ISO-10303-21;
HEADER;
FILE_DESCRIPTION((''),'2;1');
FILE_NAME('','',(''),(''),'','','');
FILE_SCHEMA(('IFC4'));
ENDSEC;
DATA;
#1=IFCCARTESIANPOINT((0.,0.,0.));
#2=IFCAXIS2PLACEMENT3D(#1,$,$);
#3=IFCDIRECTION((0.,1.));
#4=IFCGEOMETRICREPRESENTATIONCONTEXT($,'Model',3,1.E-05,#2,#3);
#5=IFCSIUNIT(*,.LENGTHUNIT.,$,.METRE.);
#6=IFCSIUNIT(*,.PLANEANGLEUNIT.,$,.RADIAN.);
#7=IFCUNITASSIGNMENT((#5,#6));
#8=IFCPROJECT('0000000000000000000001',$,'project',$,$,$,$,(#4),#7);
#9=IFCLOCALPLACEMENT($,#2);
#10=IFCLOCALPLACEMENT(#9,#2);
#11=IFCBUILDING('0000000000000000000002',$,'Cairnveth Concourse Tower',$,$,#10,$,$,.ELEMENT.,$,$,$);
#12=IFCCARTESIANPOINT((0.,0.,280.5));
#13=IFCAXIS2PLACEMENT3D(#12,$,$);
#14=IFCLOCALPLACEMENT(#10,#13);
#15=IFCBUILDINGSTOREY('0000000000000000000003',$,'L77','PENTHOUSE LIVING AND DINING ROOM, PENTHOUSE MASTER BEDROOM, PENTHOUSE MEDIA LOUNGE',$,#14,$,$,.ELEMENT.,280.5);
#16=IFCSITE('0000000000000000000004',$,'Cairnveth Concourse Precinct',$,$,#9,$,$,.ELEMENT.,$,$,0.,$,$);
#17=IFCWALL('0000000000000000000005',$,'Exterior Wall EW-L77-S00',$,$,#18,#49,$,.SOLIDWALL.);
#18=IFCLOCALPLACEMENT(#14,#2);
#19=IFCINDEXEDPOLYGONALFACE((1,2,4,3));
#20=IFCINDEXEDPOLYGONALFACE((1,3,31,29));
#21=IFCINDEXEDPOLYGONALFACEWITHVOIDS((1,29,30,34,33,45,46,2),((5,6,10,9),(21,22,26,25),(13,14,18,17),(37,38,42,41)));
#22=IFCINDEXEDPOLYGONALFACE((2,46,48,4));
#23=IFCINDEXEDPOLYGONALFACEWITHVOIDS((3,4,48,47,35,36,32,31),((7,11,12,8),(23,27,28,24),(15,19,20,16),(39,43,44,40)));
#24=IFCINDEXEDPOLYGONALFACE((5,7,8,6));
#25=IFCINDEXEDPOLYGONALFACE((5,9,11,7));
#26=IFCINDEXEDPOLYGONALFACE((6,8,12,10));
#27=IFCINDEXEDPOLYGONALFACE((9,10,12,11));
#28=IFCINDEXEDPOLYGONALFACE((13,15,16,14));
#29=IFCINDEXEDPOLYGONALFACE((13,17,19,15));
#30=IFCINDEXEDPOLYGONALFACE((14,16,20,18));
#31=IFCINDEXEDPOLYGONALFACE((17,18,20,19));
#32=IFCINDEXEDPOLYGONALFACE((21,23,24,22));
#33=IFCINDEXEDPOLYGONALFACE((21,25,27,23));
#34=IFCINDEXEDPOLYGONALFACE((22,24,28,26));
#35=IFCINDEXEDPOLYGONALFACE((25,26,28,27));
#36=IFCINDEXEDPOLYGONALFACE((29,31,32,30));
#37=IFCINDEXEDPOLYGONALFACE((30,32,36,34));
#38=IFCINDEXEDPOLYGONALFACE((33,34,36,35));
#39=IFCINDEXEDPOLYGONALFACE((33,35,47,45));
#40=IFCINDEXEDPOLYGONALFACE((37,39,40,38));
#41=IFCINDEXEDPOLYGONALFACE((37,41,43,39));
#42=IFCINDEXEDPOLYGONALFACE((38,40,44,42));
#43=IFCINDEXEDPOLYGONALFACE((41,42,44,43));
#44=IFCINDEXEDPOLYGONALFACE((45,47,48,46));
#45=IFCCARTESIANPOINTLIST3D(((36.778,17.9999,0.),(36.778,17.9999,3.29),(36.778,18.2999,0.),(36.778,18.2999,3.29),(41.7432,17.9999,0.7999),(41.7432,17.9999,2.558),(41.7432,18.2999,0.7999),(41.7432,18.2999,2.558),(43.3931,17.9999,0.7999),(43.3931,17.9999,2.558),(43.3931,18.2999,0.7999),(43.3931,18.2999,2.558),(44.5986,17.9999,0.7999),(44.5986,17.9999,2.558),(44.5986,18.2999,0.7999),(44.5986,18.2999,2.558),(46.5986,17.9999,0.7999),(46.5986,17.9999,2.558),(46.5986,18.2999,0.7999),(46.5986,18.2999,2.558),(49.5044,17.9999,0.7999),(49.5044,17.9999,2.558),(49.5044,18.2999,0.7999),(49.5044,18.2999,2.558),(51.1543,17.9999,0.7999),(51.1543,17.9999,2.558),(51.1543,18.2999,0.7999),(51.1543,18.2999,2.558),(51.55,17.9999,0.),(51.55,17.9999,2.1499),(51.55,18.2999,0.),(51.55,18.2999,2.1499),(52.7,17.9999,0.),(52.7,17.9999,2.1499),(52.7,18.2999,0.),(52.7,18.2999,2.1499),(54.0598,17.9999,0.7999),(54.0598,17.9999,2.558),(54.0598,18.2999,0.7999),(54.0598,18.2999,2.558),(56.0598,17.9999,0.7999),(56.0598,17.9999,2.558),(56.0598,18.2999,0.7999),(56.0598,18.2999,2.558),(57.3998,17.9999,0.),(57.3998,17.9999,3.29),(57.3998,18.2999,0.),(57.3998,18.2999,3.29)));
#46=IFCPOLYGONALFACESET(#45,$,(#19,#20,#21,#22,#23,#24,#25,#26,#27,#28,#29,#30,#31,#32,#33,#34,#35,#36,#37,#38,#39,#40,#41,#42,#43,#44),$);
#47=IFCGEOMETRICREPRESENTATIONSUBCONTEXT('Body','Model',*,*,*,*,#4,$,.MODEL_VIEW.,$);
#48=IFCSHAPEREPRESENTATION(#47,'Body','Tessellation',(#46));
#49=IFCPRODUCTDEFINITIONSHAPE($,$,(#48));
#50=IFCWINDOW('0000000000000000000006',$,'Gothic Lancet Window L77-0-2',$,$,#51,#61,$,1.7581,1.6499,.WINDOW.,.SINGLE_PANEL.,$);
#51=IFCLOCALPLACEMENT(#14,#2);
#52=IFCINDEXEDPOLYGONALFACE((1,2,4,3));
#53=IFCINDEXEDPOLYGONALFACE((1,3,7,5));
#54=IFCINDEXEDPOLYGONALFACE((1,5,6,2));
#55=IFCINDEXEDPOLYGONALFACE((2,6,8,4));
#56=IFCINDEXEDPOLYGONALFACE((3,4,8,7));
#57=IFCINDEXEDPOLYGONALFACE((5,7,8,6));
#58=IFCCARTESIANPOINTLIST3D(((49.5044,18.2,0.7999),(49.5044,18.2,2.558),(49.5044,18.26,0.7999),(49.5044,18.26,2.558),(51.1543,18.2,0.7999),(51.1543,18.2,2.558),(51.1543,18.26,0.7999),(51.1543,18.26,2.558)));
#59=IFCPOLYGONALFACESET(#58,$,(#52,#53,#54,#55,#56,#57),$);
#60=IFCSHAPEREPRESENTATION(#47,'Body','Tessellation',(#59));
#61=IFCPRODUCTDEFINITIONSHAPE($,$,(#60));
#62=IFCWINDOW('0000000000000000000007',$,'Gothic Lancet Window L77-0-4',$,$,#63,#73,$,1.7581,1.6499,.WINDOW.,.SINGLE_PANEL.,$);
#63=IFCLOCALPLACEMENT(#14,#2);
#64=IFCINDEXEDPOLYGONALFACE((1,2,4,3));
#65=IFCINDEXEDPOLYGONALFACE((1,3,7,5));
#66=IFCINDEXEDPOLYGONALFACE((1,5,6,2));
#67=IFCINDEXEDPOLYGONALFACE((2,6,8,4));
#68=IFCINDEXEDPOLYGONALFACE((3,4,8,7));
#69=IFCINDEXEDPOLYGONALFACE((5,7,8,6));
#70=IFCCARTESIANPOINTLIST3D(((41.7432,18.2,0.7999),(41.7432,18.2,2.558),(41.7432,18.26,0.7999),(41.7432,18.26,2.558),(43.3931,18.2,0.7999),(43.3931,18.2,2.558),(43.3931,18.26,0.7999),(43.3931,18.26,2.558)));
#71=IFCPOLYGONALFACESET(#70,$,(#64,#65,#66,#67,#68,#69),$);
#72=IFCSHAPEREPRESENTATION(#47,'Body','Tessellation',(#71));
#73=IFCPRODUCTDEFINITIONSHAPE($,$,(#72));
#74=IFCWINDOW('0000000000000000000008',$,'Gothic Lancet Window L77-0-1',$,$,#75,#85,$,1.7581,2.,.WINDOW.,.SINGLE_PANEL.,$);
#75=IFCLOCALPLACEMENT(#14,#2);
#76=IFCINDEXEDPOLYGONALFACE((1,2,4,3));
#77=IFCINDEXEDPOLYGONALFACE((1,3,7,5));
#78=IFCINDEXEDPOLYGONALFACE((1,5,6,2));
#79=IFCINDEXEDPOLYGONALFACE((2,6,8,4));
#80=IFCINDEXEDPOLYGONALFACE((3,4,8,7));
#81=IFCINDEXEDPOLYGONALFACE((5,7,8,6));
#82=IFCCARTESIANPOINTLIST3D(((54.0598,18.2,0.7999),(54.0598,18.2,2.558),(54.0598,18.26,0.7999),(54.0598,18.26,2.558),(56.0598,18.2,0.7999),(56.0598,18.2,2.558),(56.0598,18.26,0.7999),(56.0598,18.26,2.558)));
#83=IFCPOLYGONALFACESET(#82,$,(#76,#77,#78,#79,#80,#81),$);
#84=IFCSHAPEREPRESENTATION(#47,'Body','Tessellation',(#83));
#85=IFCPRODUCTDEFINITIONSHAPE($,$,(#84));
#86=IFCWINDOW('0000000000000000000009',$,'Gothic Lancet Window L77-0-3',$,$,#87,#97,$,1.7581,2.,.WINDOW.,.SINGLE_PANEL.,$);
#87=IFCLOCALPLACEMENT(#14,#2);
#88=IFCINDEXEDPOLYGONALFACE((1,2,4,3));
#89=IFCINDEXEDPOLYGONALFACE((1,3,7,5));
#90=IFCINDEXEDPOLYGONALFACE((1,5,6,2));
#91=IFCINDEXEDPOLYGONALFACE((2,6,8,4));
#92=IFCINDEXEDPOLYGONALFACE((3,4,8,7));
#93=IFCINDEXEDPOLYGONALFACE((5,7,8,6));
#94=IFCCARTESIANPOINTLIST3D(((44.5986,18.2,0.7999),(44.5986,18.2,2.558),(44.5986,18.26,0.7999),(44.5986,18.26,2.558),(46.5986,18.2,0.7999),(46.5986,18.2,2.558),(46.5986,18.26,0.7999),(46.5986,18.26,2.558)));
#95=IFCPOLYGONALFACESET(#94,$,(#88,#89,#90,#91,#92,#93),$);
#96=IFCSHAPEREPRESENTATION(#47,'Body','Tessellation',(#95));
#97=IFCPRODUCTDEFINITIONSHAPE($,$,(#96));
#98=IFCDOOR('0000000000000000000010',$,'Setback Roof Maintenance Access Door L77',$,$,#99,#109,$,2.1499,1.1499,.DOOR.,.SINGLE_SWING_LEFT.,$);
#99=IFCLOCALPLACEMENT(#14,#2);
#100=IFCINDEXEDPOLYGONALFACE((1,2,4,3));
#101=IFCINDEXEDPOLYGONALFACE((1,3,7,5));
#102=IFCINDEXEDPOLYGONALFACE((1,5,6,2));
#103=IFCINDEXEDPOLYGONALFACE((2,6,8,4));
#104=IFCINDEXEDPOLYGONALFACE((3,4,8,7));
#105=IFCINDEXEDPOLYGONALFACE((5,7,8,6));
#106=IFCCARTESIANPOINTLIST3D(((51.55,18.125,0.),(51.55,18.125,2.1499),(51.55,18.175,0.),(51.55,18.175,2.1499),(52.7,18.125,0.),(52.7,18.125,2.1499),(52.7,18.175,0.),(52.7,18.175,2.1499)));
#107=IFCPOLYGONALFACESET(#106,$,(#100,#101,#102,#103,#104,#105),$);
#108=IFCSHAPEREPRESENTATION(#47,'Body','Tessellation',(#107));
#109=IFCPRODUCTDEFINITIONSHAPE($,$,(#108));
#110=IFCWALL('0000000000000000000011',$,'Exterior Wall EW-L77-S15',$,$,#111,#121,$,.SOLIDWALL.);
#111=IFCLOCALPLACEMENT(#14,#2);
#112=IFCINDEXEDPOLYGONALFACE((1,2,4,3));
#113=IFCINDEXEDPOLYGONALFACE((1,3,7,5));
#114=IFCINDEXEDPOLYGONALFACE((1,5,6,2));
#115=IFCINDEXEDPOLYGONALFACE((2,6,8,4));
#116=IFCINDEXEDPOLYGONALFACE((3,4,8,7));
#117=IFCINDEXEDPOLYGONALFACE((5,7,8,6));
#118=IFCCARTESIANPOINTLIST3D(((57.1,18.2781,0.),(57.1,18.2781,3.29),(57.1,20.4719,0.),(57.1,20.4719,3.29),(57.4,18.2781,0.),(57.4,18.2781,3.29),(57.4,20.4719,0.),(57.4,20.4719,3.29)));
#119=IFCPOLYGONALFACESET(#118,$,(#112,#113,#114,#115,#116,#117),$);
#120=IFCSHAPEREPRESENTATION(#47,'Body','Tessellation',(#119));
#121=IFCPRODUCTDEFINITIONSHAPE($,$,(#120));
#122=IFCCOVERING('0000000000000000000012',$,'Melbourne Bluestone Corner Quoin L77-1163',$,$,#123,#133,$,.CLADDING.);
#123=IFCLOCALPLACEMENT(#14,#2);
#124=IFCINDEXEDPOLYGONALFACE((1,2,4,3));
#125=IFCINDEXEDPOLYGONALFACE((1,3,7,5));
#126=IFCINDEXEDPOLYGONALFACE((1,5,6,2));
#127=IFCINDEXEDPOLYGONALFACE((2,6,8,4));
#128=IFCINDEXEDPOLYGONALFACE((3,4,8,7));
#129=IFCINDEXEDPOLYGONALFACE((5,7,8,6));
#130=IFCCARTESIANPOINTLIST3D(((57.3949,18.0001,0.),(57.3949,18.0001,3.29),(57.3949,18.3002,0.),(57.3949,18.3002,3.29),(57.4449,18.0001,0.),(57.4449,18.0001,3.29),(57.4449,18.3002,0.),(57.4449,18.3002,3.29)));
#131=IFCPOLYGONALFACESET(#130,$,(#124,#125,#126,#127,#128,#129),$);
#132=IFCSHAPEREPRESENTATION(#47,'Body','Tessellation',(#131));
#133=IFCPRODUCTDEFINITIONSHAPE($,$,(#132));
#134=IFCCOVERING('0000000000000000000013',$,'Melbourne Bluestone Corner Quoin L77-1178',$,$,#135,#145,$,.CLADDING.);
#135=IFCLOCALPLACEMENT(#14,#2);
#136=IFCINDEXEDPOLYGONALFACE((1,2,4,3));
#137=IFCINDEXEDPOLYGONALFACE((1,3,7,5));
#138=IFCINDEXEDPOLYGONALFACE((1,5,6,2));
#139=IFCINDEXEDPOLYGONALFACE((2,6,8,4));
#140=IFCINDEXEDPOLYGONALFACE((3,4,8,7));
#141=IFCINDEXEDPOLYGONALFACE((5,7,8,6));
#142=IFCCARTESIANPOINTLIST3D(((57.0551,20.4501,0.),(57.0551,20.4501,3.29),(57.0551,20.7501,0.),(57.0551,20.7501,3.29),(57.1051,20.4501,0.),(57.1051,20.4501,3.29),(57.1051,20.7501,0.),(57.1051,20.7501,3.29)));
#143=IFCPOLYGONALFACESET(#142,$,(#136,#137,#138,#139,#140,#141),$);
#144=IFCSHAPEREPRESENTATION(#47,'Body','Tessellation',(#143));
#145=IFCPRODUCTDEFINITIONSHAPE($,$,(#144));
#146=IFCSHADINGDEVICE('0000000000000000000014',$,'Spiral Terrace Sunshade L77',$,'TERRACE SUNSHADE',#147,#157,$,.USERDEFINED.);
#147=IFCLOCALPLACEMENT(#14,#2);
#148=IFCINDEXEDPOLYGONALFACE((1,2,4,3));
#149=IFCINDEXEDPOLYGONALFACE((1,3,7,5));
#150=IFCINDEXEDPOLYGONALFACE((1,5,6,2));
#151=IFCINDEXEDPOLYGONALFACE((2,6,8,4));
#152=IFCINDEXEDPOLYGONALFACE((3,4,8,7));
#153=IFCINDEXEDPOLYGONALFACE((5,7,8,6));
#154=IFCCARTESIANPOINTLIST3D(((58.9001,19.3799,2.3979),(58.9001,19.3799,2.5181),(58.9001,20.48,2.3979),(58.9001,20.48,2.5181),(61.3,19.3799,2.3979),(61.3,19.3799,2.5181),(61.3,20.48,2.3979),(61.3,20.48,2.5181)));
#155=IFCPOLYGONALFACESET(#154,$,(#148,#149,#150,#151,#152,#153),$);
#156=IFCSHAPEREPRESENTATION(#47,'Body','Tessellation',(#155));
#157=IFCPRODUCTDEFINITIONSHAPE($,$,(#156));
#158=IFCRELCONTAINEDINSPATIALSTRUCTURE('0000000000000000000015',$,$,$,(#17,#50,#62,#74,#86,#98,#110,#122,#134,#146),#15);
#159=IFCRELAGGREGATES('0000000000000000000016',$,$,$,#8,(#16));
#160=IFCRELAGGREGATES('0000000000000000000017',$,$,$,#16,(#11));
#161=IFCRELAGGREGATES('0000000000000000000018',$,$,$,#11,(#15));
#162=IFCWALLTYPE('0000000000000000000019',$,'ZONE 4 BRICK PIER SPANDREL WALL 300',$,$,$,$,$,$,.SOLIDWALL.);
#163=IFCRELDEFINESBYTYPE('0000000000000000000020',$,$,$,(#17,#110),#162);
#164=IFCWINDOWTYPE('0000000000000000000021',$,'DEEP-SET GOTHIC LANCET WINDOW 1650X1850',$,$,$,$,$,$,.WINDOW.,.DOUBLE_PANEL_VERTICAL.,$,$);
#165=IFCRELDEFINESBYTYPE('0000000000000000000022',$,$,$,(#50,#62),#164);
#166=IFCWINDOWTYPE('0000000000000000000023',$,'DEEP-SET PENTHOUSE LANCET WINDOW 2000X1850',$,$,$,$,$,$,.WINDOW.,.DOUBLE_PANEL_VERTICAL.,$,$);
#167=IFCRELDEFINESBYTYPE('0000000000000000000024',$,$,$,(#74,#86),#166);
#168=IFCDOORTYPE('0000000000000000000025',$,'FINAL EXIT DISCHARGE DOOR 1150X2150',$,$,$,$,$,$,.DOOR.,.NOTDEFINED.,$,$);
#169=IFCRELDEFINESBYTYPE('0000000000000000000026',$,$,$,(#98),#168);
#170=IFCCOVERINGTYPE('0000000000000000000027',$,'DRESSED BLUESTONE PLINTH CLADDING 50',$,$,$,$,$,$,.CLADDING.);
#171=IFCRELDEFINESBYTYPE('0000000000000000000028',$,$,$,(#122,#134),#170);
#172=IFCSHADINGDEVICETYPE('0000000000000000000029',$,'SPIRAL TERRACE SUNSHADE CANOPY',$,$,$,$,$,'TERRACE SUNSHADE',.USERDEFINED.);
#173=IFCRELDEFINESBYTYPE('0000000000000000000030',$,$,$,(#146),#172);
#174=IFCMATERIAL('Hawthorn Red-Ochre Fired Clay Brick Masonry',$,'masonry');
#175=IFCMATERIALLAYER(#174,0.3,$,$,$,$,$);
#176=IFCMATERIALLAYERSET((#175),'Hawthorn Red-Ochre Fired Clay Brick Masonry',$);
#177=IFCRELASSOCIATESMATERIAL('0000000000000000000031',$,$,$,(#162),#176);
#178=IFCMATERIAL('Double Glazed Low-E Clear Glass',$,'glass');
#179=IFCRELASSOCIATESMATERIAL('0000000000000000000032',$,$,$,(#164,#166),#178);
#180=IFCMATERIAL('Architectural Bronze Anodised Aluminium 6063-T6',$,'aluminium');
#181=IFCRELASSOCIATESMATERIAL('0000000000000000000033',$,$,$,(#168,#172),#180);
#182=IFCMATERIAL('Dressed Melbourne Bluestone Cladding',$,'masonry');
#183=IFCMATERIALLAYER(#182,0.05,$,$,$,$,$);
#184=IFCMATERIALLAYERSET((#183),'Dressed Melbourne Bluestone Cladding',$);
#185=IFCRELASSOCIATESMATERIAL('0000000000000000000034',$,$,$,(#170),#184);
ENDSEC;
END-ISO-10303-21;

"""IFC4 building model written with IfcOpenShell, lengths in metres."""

from ifc_helpers import new_model, si_unit, direction, frame, frame_2d, origin, origin_2d, place, context, subcontext, project, spatial, rectangle, extrude, material, layer, layer_set, type_object, element, fill, save


model = new_model("IFC4")

# Units and contexts
model_context = context("Model", 3, precision=1e-05, world=origin(), true_north=direction((0.0, 1.0)))
body_context = subcontext(model_context, "Body", "Model", "MODEL_VIEW")
ifc_project = project(units=[si_unit("LENGTHUNIT", "METRE"), si_unit("PLANEANGLEUNIT", "RADIAN")], contexts=[model_context])

# Site, building, storey
site_placement = place(None, origin())
site = spatial("IfcSite", under=ifc_project, at=site_placement, Name="Cairnveth Concourse Precinct", CompositionType="ELEMENT", RefElevation=0.0)
building_placement = place(site_placement, origin())
building = spatial("IfcBuilding", under=site, at=building_placement, Name="Cairnveth Concourse Tower", CompositionType="ELEMENT")
storey_placement = place(building_placement, frame((0.0, 0.0, 280.5)))
storey = spatial("IfcBuildingStorey", under=building, at=storey_placement, Name="L77", Description="PENTHOUSE LIVING AND DINING ROOM, PENTHOUSE MASTER BEDROOM, PENTHOUSE MEDIA LOUNGE", CompositionType="ELEMENT", Elevation=280.5)

# Shared definitions
ifc_material_1 = material(Name="Dressed Melbourne Bluestone Cladding", Category="masonry")

# Wall, openings, windows, door
ifc_material_2 = material(Name="Hawthorn Red-Ochre Fired Clay Brick Masonry", Category="masonry")
ifc_layer_1 = layer(ifc_material_2, 0.3)
ifc_layer_set_1 = layer_set([ifc_layer_1], Name="Hawthorn Red-Ochre Fired Clay Brick Masonry")
wall_type_1 = type_object("IfcWallType", Name="ZONE 4 BRICK PIER SPANDREL WALL 300", PredefinedType="SOLIDWALL", material=ifc_layer_set_1)
wall_1_placement = place(storey_placement, frame((57.3999, 18.1499, 0.0), z_axis=(0.0, 0.0, 1.0), x_axis=(-1.0, 0.0, 0.0)))
wall_1 = element("IfcWall", 1, at=wall_1_placement, inside=storey, type_object=wall_type_1, Name="Exterior Wall EW-L77-S00", PredefinedType="SOLIDWALL", context=body_context, shape_type="SweptSolid", body=[
    extrude(rectangle(XDim=20.6218, YDim=0.3, at=frame_2d((10.311, 0.0))), origin(), (0.0, 0.0, 1.0), 3.29),
])
opening_1_placement = place(wall_1_placement, frame((1.3401, 0.0, 0.8)))
opening_1 = element("IfcOpeningElement", 2, at=opening_1_placement, cuts=wall_1, PredefinedType="OPENING", context=body_context, shape_type="SweptSolid", body=[
    extrude(rectangle(XDim=2.0, YDim=1.7581, at=frame_2d((1.0, 0.8789))), frame((0.0, 0.1599, 0.0), z_axis=(0.0, -1.0, 0.0), x_axis=(1.0, 0.0, 0.0)), (0.0, 0.0, 1.0), 0.3201),
])
opening_2_placement = place(wall_1_placement, frame((6.2456, 0.0, 0.8)))
opening_2 = element("IfcOpeningElement", 3, at=opening_2_placement, cuts=wall_1, PredefinedType="OPENING", context=body_context, shape_type="SweptSolid", body=[
    extrude(rectangle(XDim=1.6499, YDim=1.7581, at=frame_2d((0.825, 0.8789))), frame((0.0, 0.1599, 0.0), z_axis=(0.0, -1.0, 0.0), x_axis=(1.0, 0.0, 0.0)), (0.0, 0.0, 1.0), 0.3201),
])
opening_3_placement = place(wall_1_placement, frame((10.8013, 0.0, 0.8)))
opening_3 = element("IfcOpeningElement", 4, at=opening_3_placement, cuts=wall_1, PredefinedType="OPENING", context=body_context, shape_type="SweptSolid", body=[
    extrude(rectangle(XDim=2.0, YDim=1.7581, at=frame_2d((1.0, 0.8789))), frame((0.0, 0.1599, 0.0), z_axis=(0.0, -1.0, 0.0), x_axis=(1.0, 0.0, 0.0)), (0.0, 0.0, 1.0), 0.3201),
])
opening_4_placement = place(wall_1_placement, frame((14.0068, 0.0, 0.8)))
opening_4 = element("IfcOpeningElement", 5, at=opening_4_placement, cuts=wall_1, PredefinedType="OPENING", context=body_context, shape_type="SweptSolid", body=[
    extrude(rectangle(XDim=1.6499, YDim=1.7581, at=frame_2d((0.825, 0.8789))), frame((0.0, 0.1599, 0.0), z_axis=(0.0, -1.0, 0.0), x_axis=(1.0, 0.0, 0.0)), (0.0, 0.0, 1.0), 0.3201),
])
opening_5_placement = place(wall_1_placement, frame((4.7, 0.0, 0.0)))
opening_5 = element("IfcOpeningElement", 6, at=opening_5_placement, cuts=wall_1, PredefinedType="OPENING", context=body_context, shape_type="SweptSolid", body=[
    extrude(rectangle(XDim=1.1499, YDim=2.1499, at=frame_2d((0.575, 1.075))), frame((0.0, 0.1599, 0.0), z_axis=(0.0, -1.0, 0.0), x_axis=(1.0, 0.0, 0.0)), (0.0, 0.0, 1.0), 0.3201),
])
ifc_material_3 = material(Name="Double Glazed Low-E Clear Glass", Category="glass")
window_type_1 = type_object("IfcWindowType", Name="DEEP-SET GOTHIC LANCET WINDOW 1650X1850", PartitioningType="DOUBLE_PANEL_VERTICAL", PredefinedType="WINDOW", material=ifc_material_3)
window_1_placement = place(opening_2_placement, origin())
window_1 = element("IfcWindow", 7, at=window_1_placement, inside=storey, type_object=window_type_1, Name="Gothic Lancet Window L77-0-2", OverallHeight=1.7581, OverallWidth=1.6499, PartitioningType="SINGLE_PANEL", PredefinedType="WINDOW", context=body_context, shape_type="SweptSolid", body=[
    extrude(rectangle(XDim=1.6499, YDim=1.7581, at=frame_2d((0.825, 0.8789))), frame((0.0, -0.05, 0.0), z_axis=(0.0, -1.0, 0.0), x_axis=(1.0, 0.0, 0.0)), (0.0, 0.0, 1.0), 0.0601),
])
fill(opening_2, window_1)
window_2_placement = place(opening_4_placement, origin())
window_2 = element("IfcWindow", 8, at=window_2_placement, inside=storey, type_object=window_type_1, Name="Gothic Lancet Window L77-0-4", OverallHeight=1.7581, OverallWidth=1.6499, PartitioningType="SINGLE_PANEL", PredefinedType="WINDOW", context=body_context, shape_type="SweptSolid", body=[
    extrude(rectangle(XDim=1.6499, YDim=1.7581, at=frame_2d((0.825, 0.8789))), frame((0.0, -0.05, 0.0), z_axis=(0.0, -1.0, 0.0), x_axis=(1.0, 0.0, 0.0)), (0.0, 0.0, 1.0), 0.0601),
])
fill(opening_4, window_2)
window_type_2 = type_object("IfcWindowType", Name="DEEP-SET PENTHOUSE LANCET WINDOW 2000X1850", PartitioningType="DOUBLE_PANEL_VERTICAL", PredefinedType="WINDOW", material=ifc_material_3)
window_3_placement = place(opening_1_placement, origin())
window_3 = element("IfcWindow", 9, at=window_3_placement, inside=storey, type_object=window_type_2, Name="Gothic Lancet Window L77-0-1", OverallHeight=1.7581, OverallWidth=2.0, PartitioningType="SINGLE_PANEL", PredefinedType="WINDOW", context=body_context, shape_type="SweptSolid", body=[
    extrude(rectangle(XDim=2.0, YDim=1.7581, at=frame_2d((1.0, 0.8789))), frame((0.0, -0.05, 0.0), z_axis=(0.0, -1.0, 0.0), x_axis=(1.0, 0.0, 0.0)), (0.0, 0.0, 1.0), 0.0601),
])
fill(opening_1, window_3)
window_4_placement = place(opening_3_placement, origin())
window_4 = element("IfcWindow", 10, at=window_4_placement, inside=storey, type_object=window_type_2, Name="Gothic Lancet Window L77-0-3", OverallHeight=1.7581, OverallWidth=2.0, PartitioningType="SINGLE_PANEL", PredefinedType="WINDOW", context=body_context, shape_type="SweptSolid", body=[
    extrude(rectangle(XDim=2.0, YDim=1.7581, at=frame_2d((1.0, 0.8789))), frame((0.0, -0.05, 0.0), z_axis=(0.0, -1.0, 0.0), x_axis=(1.0, 0.0, 0.0)), (0.0, 0.0, 1.0), 0.0601),
])
fill(opening_3, window_4)
ifc_material_4 = material(Name="Architectural Bronze Anodised Aluminium 6063-T6", Category="aluminium")
door_type_1 = type_object("IfcDoorType", Name="FINAL EXIT DISCHARGE DOOR 1150X2150", OperationType="NOTDEFINED", PredefinedType="DOOR", material=ifc_material_4)
door_1_placement = place(opening_5_placement, origin())
door_1 = element("IfcDoor", 11, at=door_1_placement, inside=storey, type_object=door_type_1, Name="Setback Roof Maintenance Access Door L77", OperationType="SINGLE_SWING_LEFT", OverallHeight=2.1499, OverallWidth=1.1499, PredefinedType="DOOR", context=body_context, shape_type="SweptSolid", body=[
    extrude(rectangle(XDim=1.1499, YDim=2.1499, at=frame_2d((0.575, 1.075))), frame((0.0, 0.0249, 0.0), z_axis=(0.0, -1.0, 0.0), x_axis=(1.0, 0.0, 0.0)), (0.0, 0.0, 1.0), 0.05),
])
fill(opening_5, door_1)

# Wall
wall_2_placement = place(storey_placement, frame((57.25, 20.4719, 0.0), z_axis=(0.0, 0.0, 1.0), x_axis=(0.0, -1.0, 0.0)))
element("IfcWall", 12, at=wall_2_placement, inside=storey, type_object=wall_type_1, Name="Exterior Wall EW-L77-S15", PredefinedType="SOLIDWALL", context=body_context, shape_type="SweptSolid", body=[
    extrude(rectangle(XDim=2.1938, YDim=0.3, at=frame_2d((1.0969, 0.0))), origin(), (0.0, 0.0, 1.0), 3.29),
])

# Coverings
ifc_layer_2 = layer(ifc_material_1, 0.05)
ifc_layer_set_2 = layer_set([ifc_layer_2], Name="Dressed Melbourne Bluestone Cladding")
covering_type = type_object("IfcCoveringType", Name="DRESSED BLUESTONE PLINTH CLADDING 50", PredefinedType="CLADDING", material=ifc_layer_set_2)
for number, where, z_axis, x_axis, name in (
    (13, (57.4199, 18.3, 0.0), (0.0, 0.0, 1.0), (0.0, -1.0, 0.0), "Melbourne Bluestone Corner Quoin L77-1163"),
    (14, (57.0801, 20.75, 0.0), (0.0, 0.0, 1.0), (0.0, -1.0, 0.0), "Melbourne Bluestone Corner Quoin L77-1178"),
):
    element("IfcCovering", number, at=place(storey_placement, frame(where, z_axis=z_axis, x_axis=x_axis)), inside=storey, type_object=covering_type, Name=name, PredefinedType="CLADDING", context=body_context, shape_type="SweptSolid", body=[
        extrude(rectangle(XDim=0.3, YDim=0.05, at=frame_2d((0.1499, 0.0))), origin(), (0.0, 0.0, 1.0), 3.29),
    ])

# Shading device
shading_device_type = type_object("IfcShadingDeviceType", Name="SPIRAL TERRACE SUNSHADE CANOPY", ElementType="TERRACE SUNSHADE", PredefinedType="USERDEFINED", material=ifc_material_4)
shading_device_placement = place(storey_placement, frame((60.1001, 19.9299, 2.3979), z_axis=(0.0, 0.0, 1.0), x_axis=(1.0, 0.0, 0.0)))
element("IfcShadingDevice", 15, at=shading_device_placement, inside=storey, type_object=shading_device_type, Name="Spiral Terrace Sunshade L77", ObjectType="TERRACE SUNSHADE", PredefinedType="USERDEFINED", context=body_context, shape_type="SweptSolid", body=[
    extrude(rectangle(XDim=2.3999, YDim=1.1001, at=origin_2d()), origin(), (0.0, 0.0, 1.0), 0.1201),
])

save(model, "model.ifc")
